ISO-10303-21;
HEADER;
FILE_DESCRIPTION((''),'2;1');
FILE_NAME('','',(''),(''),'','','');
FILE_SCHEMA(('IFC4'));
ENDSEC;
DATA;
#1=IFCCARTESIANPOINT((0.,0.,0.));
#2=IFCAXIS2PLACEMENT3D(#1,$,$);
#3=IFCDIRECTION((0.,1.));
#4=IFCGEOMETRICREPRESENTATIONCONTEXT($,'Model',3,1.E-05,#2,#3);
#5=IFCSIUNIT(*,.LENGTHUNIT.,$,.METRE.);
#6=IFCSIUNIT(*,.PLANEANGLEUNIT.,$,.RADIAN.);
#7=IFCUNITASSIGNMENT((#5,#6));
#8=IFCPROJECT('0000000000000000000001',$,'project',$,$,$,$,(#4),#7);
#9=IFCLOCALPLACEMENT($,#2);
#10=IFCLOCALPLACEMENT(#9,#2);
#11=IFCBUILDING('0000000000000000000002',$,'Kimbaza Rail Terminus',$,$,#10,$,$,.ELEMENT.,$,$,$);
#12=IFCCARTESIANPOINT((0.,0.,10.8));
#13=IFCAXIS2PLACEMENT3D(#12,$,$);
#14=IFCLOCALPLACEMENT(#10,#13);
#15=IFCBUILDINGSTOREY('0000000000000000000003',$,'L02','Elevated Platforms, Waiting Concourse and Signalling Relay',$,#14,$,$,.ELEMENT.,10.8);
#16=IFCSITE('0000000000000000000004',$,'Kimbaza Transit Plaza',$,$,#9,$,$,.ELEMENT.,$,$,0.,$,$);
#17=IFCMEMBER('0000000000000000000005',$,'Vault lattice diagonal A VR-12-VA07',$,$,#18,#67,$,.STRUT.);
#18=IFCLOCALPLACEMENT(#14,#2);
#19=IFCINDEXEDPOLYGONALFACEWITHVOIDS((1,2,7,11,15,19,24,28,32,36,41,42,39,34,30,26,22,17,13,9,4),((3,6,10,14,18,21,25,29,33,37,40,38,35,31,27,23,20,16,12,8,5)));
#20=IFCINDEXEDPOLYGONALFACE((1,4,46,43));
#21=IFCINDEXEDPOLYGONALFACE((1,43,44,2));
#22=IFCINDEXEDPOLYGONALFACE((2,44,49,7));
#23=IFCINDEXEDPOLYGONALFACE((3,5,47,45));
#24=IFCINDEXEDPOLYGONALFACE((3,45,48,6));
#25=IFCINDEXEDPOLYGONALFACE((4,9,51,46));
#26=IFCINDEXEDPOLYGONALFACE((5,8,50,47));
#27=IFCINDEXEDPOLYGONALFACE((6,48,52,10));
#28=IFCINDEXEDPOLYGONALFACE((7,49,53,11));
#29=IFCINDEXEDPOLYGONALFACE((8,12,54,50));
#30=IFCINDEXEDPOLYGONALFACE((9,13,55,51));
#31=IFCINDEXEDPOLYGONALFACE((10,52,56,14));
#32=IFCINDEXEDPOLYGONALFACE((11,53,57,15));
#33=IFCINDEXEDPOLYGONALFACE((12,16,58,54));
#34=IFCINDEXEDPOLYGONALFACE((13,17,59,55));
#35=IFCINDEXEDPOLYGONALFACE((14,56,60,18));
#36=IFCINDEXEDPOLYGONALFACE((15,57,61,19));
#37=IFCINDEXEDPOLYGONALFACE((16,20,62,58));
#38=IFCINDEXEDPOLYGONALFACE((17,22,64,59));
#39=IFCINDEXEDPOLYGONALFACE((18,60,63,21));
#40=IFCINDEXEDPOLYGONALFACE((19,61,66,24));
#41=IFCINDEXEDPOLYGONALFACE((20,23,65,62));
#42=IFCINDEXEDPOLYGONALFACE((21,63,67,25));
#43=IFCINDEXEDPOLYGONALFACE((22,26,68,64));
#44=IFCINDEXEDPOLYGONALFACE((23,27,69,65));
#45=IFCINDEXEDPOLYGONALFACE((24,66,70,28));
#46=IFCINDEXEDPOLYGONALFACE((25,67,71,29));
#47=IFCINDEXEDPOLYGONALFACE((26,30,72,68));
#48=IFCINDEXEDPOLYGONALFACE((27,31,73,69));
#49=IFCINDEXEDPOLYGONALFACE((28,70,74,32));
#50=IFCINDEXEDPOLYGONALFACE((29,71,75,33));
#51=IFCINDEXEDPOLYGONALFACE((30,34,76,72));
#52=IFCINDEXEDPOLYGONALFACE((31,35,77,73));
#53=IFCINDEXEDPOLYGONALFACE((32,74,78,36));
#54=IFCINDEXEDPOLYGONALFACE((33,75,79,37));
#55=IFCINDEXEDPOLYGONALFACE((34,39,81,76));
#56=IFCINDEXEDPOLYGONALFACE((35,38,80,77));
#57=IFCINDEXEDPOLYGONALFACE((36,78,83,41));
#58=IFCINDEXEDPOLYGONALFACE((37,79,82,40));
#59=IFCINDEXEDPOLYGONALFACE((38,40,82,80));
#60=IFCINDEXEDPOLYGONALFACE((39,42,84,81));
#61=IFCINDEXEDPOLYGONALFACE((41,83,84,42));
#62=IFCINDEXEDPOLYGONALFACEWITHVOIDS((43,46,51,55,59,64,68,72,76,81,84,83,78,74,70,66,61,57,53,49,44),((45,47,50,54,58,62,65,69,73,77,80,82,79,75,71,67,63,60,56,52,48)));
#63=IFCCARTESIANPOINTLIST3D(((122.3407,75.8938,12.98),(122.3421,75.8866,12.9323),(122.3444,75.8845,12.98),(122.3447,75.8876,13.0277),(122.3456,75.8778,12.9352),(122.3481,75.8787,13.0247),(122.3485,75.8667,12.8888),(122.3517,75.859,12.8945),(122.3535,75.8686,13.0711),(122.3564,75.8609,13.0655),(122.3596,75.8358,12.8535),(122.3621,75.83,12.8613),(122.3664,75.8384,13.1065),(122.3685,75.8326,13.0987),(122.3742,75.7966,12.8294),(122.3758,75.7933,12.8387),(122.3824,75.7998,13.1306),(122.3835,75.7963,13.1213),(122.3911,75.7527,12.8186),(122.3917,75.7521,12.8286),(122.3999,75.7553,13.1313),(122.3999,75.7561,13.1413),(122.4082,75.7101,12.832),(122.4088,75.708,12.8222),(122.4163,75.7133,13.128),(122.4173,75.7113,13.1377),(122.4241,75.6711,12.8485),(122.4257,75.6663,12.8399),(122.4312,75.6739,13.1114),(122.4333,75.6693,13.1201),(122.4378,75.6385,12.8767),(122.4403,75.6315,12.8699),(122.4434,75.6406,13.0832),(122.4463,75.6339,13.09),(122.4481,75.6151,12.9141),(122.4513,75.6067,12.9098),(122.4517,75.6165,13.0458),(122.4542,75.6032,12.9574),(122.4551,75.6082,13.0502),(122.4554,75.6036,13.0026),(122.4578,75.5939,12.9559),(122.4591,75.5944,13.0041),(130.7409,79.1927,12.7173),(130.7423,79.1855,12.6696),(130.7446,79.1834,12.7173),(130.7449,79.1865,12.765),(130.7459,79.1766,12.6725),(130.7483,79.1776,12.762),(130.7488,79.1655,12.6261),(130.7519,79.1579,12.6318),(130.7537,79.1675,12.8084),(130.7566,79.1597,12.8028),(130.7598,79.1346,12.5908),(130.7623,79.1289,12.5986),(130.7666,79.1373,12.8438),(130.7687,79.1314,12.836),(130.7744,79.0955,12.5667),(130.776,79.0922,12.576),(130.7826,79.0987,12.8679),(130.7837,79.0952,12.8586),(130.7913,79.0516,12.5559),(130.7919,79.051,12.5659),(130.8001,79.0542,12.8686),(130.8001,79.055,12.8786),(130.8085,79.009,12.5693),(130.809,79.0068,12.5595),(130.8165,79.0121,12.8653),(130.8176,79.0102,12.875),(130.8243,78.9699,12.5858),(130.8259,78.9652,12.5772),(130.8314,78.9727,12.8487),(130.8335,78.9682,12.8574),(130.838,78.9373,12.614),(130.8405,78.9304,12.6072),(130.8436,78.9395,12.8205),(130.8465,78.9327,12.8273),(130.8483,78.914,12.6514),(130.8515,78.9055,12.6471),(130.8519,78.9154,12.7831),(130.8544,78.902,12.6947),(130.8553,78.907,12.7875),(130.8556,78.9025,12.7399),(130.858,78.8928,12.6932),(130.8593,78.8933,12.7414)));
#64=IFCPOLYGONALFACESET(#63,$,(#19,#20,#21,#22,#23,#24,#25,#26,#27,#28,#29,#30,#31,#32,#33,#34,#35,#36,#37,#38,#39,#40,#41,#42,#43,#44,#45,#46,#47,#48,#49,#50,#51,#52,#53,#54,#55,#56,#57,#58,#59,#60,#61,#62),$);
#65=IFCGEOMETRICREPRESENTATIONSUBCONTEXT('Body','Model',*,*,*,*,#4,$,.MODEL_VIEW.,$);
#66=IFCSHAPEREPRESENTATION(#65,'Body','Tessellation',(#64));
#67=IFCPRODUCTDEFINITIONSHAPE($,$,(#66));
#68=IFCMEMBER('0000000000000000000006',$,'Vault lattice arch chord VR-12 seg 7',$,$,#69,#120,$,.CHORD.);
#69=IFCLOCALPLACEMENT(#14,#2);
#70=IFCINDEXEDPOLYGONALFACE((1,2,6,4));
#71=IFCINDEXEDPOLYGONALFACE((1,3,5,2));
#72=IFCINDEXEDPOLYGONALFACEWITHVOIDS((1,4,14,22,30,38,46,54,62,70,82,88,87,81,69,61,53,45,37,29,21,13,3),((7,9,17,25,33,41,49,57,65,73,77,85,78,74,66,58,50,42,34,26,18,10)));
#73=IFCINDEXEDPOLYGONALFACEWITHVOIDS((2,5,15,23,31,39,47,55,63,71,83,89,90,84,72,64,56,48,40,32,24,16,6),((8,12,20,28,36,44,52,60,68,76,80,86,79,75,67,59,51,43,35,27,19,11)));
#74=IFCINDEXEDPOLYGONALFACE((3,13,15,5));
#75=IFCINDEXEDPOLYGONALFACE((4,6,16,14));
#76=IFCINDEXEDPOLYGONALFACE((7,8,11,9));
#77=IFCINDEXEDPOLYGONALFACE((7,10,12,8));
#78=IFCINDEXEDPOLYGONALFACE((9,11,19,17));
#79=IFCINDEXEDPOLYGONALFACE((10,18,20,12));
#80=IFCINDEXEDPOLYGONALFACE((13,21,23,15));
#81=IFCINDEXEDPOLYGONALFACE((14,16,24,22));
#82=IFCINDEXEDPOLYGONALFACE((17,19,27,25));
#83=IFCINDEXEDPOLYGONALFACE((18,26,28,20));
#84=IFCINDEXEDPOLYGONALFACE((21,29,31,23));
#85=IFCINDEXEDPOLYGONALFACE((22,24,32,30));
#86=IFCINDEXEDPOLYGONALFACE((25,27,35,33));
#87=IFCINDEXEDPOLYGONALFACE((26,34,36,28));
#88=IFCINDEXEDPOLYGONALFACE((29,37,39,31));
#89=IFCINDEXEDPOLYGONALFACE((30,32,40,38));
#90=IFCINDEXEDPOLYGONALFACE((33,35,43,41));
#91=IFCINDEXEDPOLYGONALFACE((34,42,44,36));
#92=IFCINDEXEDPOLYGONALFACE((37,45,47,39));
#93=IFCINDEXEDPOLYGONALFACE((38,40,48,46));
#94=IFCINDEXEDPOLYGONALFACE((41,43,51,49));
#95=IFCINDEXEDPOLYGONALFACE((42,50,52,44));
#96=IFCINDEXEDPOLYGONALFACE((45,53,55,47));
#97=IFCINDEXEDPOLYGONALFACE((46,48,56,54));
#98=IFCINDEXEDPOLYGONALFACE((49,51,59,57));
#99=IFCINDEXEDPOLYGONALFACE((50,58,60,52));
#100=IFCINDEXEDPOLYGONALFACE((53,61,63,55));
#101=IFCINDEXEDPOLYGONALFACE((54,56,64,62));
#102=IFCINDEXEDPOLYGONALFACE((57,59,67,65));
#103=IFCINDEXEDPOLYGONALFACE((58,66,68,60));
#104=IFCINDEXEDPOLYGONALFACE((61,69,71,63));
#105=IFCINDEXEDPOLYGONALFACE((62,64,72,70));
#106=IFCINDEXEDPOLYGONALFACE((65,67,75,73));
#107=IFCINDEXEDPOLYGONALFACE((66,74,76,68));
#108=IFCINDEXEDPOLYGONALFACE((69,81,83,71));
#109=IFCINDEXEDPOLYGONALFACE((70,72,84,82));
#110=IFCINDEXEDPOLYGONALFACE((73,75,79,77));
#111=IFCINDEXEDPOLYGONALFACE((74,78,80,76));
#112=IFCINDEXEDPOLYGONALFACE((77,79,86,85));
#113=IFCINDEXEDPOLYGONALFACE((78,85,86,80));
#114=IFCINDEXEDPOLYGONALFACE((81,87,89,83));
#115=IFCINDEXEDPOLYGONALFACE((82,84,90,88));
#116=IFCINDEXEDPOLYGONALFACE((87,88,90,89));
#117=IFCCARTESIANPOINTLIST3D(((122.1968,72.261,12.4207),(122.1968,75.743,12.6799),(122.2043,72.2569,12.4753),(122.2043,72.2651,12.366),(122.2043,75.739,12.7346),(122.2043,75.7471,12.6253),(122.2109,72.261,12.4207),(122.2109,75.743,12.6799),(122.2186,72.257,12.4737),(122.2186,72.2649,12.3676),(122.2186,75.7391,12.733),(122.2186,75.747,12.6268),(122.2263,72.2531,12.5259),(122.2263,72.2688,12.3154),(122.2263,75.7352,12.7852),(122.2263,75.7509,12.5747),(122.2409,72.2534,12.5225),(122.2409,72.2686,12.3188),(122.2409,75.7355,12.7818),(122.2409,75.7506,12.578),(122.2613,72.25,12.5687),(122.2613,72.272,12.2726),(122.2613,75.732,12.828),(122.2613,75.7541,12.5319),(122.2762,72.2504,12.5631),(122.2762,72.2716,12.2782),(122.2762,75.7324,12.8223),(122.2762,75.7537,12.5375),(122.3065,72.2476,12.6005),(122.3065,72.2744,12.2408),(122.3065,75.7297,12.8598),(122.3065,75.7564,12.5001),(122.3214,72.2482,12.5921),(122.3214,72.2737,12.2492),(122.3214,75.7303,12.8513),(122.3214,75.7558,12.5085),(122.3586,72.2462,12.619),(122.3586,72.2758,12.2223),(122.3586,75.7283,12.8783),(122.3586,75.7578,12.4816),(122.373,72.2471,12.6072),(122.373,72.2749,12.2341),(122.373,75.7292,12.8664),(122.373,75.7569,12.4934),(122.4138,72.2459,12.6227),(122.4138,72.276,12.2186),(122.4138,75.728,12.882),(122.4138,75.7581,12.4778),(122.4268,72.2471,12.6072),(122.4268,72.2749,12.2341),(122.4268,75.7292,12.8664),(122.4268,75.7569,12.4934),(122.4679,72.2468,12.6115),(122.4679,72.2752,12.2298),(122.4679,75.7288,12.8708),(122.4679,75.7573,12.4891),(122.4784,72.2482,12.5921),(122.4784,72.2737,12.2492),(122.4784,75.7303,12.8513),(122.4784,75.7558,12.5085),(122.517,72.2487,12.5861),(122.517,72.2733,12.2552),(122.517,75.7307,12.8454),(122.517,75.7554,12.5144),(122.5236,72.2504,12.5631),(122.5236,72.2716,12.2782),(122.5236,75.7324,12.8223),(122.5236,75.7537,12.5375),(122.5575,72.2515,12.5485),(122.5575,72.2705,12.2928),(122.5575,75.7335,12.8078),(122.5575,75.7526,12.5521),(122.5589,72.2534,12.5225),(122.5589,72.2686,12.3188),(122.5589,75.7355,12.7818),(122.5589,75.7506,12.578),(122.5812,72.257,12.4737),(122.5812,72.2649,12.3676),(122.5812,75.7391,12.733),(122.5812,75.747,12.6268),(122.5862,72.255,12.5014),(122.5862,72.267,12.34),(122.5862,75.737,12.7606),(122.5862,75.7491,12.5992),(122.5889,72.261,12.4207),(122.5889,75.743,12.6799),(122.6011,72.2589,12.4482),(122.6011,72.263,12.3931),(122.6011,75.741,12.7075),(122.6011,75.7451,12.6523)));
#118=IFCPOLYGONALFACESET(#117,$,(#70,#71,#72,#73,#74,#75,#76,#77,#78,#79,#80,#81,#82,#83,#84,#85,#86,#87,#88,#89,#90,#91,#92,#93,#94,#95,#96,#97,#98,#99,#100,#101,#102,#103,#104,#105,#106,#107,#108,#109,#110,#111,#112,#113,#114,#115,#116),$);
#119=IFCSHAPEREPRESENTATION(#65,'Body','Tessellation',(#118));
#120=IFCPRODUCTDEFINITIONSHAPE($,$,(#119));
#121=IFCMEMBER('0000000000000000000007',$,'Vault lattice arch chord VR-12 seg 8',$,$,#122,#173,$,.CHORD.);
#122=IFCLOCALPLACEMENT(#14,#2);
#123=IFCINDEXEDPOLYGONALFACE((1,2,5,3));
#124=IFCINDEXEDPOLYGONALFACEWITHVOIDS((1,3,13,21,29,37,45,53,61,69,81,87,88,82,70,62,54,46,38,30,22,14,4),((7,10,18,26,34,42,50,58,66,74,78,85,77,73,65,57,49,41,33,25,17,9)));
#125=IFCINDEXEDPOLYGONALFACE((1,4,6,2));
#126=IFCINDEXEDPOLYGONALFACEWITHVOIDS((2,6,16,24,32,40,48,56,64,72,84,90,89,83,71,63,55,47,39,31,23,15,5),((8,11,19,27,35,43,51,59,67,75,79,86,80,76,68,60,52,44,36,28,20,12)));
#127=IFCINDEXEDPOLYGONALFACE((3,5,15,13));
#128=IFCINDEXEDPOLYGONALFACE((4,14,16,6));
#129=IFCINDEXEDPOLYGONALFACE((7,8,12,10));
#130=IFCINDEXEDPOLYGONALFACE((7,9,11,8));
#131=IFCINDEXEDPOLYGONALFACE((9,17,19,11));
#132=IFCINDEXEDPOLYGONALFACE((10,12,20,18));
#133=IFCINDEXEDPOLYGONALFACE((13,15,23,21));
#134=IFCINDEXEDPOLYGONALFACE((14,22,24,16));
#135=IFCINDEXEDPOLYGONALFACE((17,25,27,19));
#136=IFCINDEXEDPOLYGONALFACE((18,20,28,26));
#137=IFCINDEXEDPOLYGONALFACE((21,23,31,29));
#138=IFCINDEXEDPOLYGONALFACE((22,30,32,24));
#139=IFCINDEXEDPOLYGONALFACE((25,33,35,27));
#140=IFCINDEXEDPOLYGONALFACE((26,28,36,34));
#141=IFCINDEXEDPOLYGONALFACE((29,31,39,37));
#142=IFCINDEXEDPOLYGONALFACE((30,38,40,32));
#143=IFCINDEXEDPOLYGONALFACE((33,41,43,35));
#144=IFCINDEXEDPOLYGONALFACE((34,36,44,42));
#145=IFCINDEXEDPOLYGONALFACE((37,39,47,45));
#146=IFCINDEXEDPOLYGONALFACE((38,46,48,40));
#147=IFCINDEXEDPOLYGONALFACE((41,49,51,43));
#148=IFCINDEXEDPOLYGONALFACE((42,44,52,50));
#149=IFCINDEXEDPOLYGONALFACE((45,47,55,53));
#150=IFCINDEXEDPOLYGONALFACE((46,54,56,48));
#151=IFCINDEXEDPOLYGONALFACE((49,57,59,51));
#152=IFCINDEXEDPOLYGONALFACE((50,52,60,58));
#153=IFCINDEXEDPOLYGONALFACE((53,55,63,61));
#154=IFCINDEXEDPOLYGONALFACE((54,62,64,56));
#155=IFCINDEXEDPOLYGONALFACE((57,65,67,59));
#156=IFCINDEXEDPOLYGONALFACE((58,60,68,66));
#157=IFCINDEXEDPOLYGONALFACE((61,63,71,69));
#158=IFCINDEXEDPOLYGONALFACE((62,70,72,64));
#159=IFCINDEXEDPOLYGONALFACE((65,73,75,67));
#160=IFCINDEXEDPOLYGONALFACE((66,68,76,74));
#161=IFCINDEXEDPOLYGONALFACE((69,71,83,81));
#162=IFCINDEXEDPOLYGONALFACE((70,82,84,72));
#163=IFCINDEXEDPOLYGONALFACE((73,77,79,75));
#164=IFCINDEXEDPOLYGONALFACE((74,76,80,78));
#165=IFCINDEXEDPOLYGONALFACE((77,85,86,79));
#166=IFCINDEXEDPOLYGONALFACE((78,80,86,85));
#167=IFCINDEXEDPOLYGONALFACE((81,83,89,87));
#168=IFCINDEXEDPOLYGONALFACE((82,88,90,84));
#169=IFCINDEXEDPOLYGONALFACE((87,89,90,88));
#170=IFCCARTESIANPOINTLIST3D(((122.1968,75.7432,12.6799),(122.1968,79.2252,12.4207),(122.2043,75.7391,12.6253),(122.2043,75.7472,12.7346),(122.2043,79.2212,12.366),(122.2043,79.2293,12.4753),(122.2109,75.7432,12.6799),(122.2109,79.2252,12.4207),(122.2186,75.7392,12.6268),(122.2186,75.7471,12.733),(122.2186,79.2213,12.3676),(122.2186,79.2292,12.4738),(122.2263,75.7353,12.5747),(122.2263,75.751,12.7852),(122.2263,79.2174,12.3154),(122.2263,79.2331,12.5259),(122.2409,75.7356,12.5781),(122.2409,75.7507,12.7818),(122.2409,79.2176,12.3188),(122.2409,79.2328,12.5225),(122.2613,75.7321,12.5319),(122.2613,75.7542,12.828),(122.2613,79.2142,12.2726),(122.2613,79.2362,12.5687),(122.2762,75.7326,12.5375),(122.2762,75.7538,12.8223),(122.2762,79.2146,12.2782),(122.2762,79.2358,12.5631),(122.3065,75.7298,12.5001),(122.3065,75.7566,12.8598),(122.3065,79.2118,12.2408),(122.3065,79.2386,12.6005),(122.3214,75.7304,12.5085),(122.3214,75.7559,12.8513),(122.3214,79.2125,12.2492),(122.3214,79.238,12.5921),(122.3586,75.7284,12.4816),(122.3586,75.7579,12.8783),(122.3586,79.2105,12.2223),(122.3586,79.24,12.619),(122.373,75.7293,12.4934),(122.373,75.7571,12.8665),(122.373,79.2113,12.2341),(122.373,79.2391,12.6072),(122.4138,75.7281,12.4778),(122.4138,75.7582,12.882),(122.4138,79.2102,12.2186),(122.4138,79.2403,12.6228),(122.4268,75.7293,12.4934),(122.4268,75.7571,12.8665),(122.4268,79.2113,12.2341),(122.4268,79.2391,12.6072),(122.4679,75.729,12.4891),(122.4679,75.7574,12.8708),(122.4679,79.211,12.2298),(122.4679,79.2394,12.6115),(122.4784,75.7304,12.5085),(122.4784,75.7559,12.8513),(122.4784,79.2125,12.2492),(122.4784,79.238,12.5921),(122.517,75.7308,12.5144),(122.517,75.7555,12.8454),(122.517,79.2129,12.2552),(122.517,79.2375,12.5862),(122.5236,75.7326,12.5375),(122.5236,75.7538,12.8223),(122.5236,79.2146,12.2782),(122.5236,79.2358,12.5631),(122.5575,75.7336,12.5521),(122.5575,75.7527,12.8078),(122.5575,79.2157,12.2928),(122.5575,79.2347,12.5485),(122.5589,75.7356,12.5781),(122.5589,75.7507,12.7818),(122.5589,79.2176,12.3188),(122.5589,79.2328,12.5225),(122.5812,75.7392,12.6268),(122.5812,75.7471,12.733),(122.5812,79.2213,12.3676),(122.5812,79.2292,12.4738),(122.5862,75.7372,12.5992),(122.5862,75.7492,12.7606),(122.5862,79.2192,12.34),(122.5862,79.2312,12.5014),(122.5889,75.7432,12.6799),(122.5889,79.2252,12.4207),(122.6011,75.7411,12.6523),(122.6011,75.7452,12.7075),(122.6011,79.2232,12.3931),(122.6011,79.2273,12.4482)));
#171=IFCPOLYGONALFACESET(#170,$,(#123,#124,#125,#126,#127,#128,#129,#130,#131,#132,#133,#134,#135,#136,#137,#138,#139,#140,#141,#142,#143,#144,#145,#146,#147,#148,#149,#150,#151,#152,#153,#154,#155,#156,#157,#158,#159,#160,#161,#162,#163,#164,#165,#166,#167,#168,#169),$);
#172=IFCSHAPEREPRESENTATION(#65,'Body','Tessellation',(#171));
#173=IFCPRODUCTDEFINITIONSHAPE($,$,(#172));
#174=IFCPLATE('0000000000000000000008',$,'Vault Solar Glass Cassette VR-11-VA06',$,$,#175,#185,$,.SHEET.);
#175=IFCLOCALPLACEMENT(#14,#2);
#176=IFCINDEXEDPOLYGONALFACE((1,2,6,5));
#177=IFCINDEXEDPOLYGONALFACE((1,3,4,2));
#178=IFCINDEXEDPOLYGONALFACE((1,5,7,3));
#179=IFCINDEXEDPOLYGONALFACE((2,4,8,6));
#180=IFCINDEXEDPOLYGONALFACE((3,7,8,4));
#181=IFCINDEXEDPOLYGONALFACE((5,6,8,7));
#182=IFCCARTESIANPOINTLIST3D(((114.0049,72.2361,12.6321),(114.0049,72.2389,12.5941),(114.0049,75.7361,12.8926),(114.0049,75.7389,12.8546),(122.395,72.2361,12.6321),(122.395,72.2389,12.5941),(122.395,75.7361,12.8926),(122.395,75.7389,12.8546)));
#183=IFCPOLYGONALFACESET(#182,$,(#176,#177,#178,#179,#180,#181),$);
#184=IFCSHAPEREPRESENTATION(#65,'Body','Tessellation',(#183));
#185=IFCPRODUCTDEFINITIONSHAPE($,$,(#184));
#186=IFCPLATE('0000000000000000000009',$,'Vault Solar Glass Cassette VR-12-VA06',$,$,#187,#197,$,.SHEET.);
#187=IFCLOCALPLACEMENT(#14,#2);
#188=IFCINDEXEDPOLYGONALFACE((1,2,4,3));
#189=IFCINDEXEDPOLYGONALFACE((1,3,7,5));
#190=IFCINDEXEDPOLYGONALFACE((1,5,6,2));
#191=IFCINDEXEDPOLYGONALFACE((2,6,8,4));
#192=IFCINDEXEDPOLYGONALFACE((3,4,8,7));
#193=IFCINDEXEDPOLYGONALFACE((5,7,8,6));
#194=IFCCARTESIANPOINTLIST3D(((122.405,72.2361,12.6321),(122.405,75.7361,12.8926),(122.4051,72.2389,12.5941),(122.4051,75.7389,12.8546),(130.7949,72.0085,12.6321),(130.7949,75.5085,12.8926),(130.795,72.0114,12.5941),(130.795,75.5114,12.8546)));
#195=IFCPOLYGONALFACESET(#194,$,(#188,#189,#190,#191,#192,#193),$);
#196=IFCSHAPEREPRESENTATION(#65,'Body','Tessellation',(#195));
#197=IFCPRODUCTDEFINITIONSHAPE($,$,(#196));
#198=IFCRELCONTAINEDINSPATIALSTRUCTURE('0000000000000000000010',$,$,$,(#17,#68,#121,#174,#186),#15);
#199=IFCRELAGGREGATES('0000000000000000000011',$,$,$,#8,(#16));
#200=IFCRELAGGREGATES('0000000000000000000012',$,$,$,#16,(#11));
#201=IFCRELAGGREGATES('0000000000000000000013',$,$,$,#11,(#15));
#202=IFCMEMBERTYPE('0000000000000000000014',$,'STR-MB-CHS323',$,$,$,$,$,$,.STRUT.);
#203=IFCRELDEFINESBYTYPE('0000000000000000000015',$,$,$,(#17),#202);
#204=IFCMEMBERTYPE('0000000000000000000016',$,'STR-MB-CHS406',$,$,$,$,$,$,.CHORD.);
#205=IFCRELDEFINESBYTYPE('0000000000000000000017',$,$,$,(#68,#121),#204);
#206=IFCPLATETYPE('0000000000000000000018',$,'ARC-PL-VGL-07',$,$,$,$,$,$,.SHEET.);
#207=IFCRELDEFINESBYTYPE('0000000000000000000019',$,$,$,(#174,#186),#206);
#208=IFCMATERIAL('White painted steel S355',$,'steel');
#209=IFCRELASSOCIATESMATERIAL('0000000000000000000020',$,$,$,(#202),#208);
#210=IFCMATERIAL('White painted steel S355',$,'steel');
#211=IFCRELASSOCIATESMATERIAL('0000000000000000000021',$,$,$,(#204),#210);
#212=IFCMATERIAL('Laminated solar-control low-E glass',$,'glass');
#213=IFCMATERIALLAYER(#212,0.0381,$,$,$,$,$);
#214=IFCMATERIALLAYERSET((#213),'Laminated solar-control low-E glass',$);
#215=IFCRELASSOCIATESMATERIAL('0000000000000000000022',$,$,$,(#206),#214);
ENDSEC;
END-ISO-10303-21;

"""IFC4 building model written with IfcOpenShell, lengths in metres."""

from ifc_helpers import new_model, si_unit, direction, frame, origin, origin_2d, place, context, subcontext, project, spatial, polyline, hollow_circle, outline, extrude, material, layer, layer_set, material_profile, profile_set, type_object, element, save


model = new_model("IFC4")

# Units and contexts
model_context = context("Model", 3, precision=1e-05, world=origin(), true_north=direction((0.0, 1.0)))
body_context = subcontext(model_context, "Body", "Model", "MODEL_VIEW")
ifc_project = project(units=[si_unit("LENGTHUNIT", "METRE"), si_unit("PLANEANGLEUNIT", "RADIAN")], contexts=[model_context])

# Site, building, storey
site_placement = place(None, origin())
site = spatial("IfcSite", under=ifc_project, at=site_placement, Name="Kimbaza Transit Plaza", CompositionType="ELEMENT", RefElevation=0.0)
building_placement = place(site_placement, origin())
building = spatial("IfcBuilding", under=site, at=building_placement, Name="Kimbaza Rail Terminus", CompositionType="ELEMENT")
storey_placement = place(building_placement, frame((0.0, 0.0, 10.8)))
storey = spatial("IfcBuildingStorey", under=building, at=storey_placement, Name="L02", Description="Elevated Platforms, Waiting Concourse and Signalling Relay", CompositionType="ELEMENT", Elevation=10.8)

# Members
ifc_material_1 = material(Name="White painted steel S355", Category="steel")
ifc_material_profile_1 = material_profile(ifc_material_1, hollow_circle(Radius=0.1619, WallThickness=0.01, at=origin_2d()), Name="CHS 323.9x10")
ifc_profile_set_1 = profile_set([ifc_material_profile_1], Name="White painted steel S355")
member_type_1 = type_object("IfcMemberType", Name="STR-MB-CHS323", PredefinedType="STRUT", material=ifc_profile_set_1)
for number, where, z_axis, x_axis, name in (
    (1, (122.3999, 75.7432, 12.98), (0.930404, 0.36538, -0.029096), (-0.365534, 0.930798, 0.0), "Vault lattice diagonal A VR-12-VA07"),
):
    element("IfcMember", number, at=place(storey_placement, frame(where, z_axis=z_axis, x_axis=x_axis)), inside=storey, type_object=member_type_1, Name=name, PredefinedType="STRUT", context=body_context, shape_type="SweptSolid", body=[
        extrude(hollow_circle(Radius=0.1619, WallThickness=0.01, at=origin_2d()), origin(), (0.0, 0.0, 1.0), 9.0286),
    ])
ifc_material_2 = material(Name="White painted steel S355", Category="steel")
ifc_material_profile_2 = material_profile(ifc_material_2, hollow_circle(Radius=0.2031, WallThickness=0.0142, at=origin_2d()), Name="CHS 406.4x14.2")
ifc_profile_set_2 = profile_set([ifc_material_profile_2], Name="White painted steel S355")
member_type_2 = type_object("IfcMemberType", Name="STR-MB-CHS406", PredefinedType="CHORD", material=ifc_profile_set_2)
for number, where, z_axis, x_axis, name in (
    (2, (122.3999, 72.261, 12.4207), (0.0, 0.997239, 0.074253), (-1.0, 0.0, 0.0), "Vault lattice arch chord VR-12 seg 7"),
    (3, (122.3999, 75.7432, 12.6799), (0.0, 0.997239, -0.074253), (-1.0, 0.0, 0.0), "Vault lattice arch chord VR-12 seg 8"),
):
    element("IfcMember", number, at=place(storey_placement, frame(where, z_axis=z_axis, x_axis=x_axis)), inside=storey, type_object=member_type_2, Name=name, PredefinedType="CHORD", context=body_context, shape_type="SweptSolid", body=[
        extrude(hollow_circle(Radius=0.2031, WallThickness=0.0142, at=origin_2d()), origin(), (0.0, 0.0, 1.0), 3.4917),
    ])

# Plates
ifc_material_3 = material(Name="Laminated solar-control low-E glass", Category="glass")
ifc_layer_1 = layer(ifc_material_3, 0.0381)
ifc_layer_set_1 = layer_set([ifc_layer_1], Name="Laminated solar-control low-E glass")
plate_type_1 = type_object("IfcPlateType", Name="ARC-PL-VGL-07", PredefinedType="SHEET", material=ifc_layer_set_1)
plate_1_placement = place(storey_placement, frame((114.0049, 72.2361, 12.6321), z_axis=(0.0, -0.074223, 0.997242), x_axis=(1.0, 0.0, 0.0)))
element("IfcPlate", 4, at=plate_1_placement, inside=storey, type_object=plate_type_1, Name="Vault Solar Glass Cassette VR-11-VA06", PredefinedType="SHEET", context=body_context, shape_type="SweptSolid", body=[
    extrude(outline(polyline([(0.0, 0.0), (8.3901, 0.0), (8.3901, 3.5097), (0.0, 3.5097), (0.0, 0.0)])), origin(), (0.0, 0.0, -1.0), 0.0381),
])
plate_2_placement = place(storey_placement, frame((122.405, 72.2361, 12.6321), z_axis=(-0.002013, -0.074223, 0.99724), x_axis=(0.999632, -0.027111, 0.0)))
element("IfcPlate", 5, at=plate_2_placement, inside=storey, type_object=plate_type_1, Name="Vault Solar Glass Cassette VR-12-VA06", PredefinedType="SHEET", context=body_context, shape_type="SweptSolid", body=[
    extrude(outline(polyline([(0.0, 0.0), (8.393, 0.0), (8.2981, 3.5084), (-0.0949, 3.5084), (0.0, 0.0)])), origin(), (0.0, 0.0, -1.0), 0.0381),
])

save(model, "model.ifc")
